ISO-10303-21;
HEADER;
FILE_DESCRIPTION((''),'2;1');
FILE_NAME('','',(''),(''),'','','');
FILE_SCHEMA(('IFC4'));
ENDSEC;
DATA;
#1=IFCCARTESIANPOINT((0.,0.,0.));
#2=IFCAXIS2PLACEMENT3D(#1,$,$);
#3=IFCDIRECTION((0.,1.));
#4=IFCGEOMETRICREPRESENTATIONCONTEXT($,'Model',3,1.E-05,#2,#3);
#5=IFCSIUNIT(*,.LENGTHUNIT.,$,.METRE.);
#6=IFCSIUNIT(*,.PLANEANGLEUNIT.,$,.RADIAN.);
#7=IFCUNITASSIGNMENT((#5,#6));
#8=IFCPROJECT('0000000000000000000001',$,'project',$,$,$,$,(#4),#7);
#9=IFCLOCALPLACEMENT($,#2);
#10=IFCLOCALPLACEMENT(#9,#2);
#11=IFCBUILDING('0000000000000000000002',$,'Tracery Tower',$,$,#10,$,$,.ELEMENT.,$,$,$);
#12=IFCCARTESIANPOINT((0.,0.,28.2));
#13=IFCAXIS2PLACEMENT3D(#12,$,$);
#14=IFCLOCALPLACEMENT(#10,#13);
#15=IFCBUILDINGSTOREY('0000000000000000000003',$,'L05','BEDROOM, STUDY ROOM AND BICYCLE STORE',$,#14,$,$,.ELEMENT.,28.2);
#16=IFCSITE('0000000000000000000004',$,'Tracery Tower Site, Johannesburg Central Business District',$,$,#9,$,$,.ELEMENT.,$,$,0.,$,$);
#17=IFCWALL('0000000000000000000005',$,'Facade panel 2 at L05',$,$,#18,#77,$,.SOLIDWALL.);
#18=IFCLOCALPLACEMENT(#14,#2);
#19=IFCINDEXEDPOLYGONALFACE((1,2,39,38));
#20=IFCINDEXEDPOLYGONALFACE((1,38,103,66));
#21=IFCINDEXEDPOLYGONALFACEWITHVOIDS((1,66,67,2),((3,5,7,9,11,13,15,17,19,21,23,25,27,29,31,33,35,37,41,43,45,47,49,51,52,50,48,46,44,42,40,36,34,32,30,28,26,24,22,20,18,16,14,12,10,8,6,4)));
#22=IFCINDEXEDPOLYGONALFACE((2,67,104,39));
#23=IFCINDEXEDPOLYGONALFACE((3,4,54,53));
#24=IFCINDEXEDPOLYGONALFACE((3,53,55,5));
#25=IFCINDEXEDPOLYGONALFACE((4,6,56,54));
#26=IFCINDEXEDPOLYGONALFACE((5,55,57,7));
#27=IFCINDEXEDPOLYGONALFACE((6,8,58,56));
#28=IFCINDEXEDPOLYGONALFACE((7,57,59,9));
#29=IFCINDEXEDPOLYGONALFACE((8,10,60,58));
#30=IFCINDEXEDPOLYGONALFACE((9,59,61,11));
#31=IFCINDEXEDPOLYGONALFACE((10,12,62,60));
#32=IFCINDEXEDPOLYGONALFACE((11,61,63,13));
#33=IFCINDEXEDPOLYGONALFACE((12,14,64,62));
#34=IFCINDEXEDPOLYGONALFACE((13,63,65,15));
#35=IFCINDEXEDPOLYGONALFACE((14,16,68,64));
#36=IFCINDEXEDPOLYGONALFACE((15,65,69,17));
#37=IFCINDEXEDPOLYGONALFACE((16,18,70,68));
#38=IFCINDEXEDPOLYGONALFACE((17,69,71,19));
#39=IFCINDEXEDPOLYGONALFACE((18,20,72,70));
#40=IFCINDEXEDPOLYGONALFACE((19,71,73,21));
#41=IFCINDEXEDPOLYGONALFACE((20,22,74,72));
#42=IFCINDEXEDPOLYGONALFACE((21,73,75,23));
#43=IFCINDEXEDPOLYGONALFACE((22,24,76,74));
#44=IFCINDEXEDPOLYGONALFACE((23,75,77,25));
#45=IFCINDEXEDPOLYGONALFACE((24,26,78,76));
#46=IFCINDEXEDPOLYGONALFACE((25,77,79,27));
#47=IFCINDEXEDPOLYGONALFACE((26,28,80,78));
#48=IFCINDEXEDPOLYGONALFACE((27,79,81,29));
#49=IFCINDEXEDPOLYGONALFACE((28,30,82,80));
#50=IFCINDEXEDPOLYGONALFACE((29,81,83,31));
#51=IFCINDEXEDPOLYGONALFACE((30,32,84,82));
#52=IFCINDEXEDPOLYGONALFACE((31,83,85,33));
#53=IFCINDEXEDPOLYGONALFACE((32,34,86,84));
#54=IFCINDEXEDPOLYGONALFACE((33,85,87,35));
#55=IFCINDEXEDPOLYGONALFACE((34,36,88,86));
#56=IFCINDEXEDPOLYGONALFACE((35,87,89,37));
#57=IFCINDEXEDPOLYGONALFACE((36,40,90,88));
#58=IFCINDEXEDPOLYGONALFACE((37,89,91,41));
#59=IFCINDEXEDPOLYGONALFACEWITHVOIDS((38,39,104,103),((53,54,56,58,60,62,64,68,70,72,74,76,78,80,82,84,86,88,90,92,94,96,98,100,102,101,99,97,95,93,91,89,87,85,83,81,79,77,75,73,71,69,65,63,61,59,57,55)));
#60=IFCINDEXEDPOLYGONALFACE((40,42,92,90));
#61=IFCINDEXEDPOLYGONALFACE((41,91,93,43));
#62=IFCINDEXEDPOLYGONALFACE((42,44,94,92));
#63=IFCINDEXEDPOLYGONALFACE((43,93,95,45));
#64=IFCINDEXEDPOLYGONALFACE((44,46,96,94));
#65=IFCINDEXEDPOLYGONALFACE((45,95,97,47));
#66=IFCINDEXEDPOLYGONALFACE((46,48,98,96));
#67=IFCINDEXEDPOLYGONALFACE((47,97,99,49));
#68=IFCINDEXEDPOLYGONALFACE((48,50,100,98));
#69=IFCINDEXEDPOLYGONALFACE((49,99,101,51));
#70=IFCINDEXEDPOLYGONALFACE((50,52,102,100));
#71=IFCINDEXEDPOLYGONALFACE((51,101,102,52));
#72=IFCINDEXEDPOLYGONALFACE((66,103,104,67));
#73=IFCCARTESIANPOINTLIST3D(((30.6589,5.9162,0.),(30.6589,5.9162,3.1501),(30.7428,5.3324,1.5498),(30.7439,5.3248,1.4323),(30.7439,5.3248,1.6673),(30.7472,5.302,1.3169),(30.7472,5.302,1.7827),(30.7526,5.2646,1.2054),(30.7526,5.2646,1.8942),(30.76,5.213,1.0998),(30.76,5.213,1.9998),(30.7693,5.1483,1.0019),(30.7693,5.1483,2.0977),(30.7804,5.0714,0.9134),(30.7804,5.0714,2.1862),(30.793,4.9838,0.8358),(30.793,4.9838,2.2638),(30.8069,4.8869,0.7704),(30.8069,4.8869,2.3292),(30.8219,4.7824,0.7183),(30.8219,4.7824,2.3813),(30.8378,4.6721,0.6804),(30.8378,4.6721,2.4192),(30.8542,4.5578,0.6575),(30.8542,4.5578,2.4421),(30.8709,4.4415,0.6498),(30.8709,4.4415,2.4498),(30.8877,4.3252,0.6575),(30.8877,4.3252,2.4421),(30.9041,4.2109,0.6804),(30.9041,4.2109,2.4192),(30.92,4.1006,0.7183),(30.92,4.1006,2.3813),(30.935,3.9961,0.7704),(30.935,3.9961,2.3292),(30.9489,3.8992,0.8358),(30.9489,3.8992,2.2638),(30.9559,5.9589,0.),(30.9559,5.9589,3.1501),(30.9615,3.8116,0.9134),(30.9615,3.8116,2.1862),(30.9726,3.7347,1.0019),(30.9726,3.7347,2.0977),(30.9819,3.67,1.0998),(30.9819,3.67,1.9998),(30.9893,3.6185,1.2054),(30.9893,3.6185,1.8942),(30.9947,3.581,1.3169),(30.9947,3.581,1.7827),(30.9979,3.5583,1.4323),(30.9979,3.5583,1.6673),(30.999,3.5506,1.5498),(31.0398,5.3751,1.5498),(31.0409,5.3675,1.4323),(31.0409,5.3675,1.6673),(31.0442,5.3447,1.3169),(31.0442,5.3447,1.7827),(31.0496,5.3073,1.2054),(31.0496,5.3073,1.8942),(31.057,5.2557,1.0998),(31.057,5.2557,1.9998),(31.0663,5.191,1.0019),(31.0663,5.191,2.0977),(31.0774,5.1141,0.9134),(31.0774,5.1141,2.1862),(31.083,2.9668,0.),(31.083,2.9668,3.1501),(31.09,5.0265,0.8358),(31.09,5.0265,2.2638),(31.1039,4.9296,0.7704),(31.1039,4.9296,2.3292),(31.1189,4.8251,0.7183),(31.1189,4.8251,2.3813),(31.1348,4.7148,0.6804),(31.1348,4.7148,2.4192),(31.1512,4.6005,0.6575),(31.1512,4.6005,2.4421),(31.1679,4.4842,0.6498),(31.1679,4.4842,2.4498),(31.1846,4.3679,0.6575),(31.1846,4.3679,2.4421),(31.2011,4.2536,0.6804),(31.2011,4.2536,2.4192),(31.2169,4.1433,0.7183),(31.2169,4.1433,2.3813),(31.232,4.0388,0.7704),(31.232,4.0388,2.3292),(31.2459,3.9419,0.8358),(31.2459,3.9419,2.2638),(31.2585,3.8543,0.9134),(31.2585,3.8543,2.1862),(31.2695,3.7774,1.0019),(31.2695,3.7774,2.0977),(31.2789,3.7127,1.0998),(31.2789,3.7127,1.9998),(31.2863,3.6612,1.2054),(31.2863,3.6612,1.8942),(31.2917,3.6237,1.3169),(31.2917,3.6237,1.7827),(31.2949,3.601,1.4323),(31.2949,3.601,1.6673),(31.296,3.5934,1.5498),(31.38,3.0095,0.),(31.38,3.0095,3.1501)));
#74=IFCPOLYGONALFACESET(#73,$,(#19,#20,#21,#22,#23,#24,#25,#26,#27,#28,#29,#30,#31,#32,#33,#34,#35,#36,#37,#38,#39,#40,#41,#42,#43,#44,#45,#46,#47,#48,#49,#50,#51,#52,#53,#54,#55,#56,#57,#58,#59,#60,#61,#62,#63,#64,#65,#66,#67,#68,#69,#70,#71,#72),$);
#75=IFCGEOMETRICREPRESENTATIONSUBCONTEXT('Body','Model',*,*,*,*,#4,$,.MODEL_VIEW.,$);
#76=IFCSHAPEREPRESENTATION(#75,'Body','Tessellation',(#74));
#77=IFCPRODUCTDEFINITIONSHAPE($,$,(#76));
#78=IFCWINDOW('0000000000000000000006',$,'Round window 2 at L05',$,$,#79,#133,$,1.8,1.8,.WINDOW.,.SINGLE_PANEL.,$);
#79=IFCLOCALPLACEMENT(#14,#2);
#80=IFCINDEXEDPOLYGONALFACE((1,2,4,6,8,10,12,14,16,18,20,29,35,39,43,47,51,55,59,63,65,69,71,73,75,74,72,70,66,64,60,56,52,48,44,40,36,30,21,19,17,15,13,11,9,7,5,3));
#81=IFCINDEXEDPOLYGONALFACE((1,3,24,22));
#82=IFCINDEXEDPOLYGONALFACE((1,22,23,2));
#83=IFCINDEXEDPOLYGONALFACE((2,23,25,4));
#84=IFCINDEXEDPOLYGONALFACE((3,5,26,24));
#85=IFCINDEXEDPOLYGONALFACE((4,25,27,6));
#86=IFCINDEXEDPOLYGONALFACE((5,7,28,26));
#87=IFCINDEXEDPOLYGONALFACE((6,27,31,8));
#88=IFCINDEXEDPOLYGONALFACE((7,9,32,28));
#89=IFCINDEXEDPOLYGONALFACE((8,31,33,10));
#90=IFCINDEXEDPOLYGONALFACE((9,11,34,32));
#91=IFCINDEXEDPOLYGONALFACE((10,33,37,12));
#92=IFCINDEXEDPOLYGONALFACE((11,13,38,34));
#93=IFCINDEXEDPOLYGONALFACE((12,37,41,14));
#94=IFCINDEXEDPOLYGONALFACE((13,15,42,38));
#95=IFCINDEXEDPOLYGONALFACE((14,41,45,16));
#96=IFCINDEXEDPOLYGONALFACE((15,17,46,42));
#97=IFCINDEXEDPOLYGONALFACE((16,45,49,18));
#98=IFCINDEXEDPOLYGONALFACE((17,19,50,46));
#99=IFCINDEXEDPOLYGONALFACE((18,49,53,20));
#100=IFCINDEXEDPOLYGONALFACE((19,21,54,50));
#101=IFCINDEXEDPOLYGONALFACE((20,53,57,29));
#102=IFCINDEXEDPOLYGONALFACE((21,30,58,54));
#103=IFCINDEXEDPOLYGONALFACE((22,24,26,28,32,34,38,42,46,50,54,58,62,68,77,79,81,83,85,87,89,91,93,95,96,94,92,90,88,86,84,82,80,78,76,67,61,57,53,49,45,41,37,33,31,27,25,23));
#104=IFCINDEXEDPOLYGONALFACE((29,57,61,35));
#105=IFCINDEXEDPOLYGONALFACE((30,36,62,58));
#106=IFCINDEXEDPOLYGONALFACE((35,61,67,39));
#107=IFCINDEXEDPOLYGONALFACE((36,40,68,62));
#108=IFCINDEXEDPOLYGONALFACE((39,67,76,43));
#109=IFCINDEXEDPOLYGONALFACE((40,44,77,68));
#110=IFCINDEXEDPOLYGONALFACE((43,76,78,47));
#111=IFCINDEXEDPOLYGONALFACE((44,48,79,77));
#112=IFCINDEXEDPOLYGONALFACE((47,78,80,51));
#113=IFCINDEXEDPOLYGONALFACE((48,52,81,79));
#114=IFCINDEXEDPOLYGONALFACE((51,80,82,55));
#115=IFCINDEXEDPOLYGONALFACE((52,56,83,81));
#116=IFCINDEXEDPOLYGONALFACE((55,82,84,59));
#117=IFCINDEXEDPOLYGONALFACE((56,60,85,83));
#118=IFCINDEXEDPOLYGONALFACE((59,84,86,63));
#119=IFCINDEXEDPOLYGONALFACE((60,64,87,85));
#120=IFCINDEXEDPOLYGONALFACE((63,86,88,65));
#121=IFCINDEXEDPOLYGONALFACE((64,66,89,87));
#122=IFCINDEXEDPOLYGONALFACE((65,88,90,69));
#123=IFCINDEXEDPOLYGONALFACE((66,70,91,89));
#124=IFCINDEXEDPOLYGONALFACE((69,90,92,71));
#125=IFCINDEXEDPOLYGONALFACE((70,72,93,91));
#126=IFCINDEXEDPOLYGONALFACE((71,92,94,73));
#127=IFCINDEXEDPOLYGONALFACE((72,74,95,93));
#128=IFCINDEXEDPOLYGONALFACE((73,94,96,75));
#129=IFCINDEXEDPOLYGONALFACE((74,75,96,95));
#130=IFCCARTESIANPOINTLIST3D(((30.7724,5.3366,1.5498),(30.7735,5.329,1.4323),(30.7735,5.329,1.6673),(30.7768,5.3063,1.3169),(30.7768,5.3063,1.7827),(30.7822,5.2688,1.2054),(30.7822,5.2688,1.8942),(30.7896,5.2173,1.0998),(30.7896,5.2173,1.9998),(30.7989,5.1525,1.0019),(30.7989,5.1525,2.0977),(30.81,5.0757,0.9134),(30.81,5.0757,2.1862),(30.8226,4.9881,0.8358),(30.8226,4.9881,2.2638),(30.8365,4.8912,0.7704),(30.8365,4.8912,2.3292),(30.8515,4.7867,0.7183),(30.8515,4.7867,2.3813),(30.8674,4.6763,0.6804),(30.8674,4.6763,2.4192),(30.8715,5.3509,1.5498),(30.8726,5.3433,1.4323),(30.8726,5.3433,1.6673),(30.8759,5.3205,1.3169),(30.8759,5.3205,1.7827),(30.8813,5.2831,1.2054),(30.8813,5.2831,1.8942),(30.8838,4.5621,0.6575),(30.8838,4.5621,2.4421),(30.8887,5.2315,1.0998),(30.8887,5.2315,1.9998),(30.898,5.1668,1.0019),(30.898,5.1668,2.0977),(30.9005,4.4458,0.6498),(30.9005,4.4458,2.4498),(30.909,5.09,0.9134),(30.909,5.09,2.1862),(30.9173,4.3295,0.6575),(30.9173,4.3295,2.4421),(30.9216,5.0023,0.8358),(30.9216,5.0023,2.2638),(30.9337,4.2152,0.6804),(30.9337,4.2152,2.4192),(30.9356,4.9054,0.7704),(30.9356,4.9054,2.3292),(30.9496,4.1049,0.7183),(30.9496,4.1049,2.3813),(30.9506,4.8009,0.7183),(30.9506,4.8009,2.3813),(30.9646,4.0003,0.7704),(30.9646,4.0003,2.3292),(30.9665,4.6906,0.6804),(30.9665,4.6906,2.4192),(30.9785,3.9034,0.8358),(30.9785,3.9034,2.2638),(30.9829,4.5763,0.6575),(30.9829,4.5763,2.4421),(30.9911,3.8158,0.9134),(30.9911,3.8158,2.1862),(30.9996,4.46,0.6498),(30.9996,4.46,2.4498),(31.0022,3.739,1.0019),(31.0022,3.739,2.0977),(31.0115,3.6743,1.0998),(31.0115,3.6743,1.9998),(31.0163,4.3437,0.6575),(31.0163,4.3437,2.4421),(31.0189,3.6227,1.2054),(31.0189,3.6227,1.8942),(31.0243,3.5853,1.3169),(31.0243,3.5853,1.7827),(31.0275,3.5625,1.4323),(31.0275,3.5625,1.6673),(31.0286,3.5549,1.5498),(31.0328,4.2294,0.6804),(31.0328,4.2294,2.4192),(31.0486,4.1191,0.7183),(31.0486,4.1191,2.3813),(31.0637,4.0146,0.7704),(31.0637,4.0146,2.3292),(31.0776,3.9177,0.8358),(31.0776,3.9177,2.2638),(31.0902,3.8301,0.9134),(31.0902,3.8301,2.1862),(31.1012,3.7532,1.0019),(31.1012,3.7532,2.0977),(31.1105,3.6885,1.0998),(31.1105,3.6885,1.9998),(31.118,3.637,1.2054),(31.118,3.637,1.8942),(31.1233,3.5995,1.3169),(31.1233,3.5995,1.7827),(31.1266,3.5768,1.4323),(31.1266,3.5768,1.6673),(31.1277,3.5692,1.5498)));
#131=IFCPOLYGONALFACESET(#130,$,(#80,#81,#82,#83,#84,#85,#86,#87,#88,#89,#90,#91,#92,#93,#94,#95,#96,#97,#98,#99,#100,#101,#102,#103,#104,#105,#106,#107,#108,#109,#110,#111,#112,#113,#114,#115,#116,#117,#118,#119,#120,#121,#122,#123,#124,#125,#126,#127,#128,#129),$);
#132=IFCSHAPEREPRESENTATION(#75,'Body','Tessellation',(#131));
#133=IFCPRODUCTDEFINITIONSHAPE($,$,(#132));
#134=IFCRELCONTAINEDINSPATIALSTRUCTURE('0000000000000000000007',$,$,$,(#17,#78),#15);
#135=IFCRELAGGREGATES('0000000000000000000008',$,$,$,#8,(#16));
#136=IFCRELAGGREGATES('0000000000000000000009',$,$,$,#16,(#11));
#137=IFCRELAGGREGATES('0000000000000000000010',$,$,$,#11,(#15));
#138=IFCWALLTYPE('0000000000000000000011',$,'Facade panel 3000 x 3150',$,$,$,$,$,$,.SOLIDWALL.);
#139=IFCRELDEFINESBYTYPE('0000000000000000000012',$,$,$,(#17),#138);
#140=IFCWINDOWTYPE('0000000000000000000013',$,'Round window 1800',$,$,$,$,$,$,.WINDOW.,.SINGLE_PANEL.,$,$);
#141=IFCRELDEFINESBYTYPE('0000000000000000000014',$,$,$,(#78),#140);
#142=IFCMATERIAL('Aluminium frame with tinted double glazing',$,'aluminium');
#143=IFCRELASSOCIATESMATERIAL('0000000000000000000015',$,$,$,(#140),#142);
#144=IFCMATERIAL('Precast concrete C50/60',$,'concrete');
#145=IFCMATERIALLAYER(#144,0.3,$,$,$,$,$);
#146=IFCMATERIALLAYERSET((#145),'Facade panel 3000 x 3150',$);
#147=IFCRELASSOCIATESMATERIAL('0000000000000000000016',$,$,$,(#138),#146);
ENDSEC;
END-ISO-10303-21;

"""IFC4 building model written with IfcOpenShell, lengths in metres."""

from ifc_helpers import new_model, si_unit, direction, frame, frame_2d, origin, origin_2d, place, context, subcontext, project, spatial, rectangle, circle, extrude, material, layer, layer_set, type_object, element, fill, save


model = new_model("IFC4")

# Units and contexts
model_context = context("Model", 3, precision=1e-05, world=origin(), true_north=direction((0.0, 1.0)))
body_context = subcontext(model_context, "Body", "Model", "MODEL_VIEW")
ifc_project = project(units=[si_unit("LENGTHUNIT", "METRE"), si_unit("PLANEANGLEUNIT", "RADIAN")], contexts=[model_context])

# Site, building, storey
site_placement = place(None, origin())
site = spatial("IfcSite", under=ifc_project, at=site_placement, Name="Tracery Tower Site, Johannesburg Central Business District", CompositionType="ELEMENT", RefElevation=0.0)
building_placement = place(site_placement, origin())
building = spatial("IfcBuilding", under=site, at=building_placement, Name="Tracery Tower", CompositionType="ELEMENT")
storey_placement = place(building_placement, frame((0.0, 0.0, 28.2)))
storey = spatial("IfcBuildingStorey", under=building, at=storey_placement, Name="L05", Description="BEDROOM, STUDY ROOM AND BICYCLE STORE", CompositionType="ELEMENT", Elevation=28.2)

# Wall, opening, window
ifc_material_1 = material(Name="Aluminium frame with tinted double glazing", Category="aluminium")
window_type = type_object("IfcWindowType", Name="Round window 1800", PartitioningType="SINGLE_PANEL", PredefinedType="WINDOW", material=ifc_material_1)
ifc_material_2 = material(Name="Precast concrete C50/60", Category="concrete")
ifc_layer_1 = layer(ifc_material_2, 0.3)
ifc_layer_set_1 = layer_set([ifc_layer_1], Name="Facade panel 3000 x 3150")
wall_type_1 = type_object("IfcWallType", Name="Facade panel 3000 x 3150", PredefinedType="SOLIDWALL", material=ifc_layer_set_1)
wall_1_placement = place(storey_placement, frame((31.2314, 2.9883, 0.0), z_axis=(0.0, 0.0, 1.0), x_axis=(-0.142316, 0.989821, 0.0)))
wall_1 = element("IfcWall", 1, at=wall_1_placement, inside=storey, type_object=wall_type_1, Name="Facade panel 2 at L05", PredefinedType="SOLIDWALL", context=body_context, shape_type="SweptSolid", body=[
    extrude(rectangle(XDim=2.9797, YDim=0.3, at=frame_2d((1.4897, 0.0))), origin(), (0.0, 0.0, 1.0), 3.1501),
])
opening_1_placement = place(wall_1_placement, frame((1.4897, 0.0, 1.5498)))
opening_1 = element("IfcOpeningElement", 2, at=opening_1_placement, cuts=wall_1, PredefinedType="OPENING", context=body_context, shape_type="SweptSolid", body=[
    extrude(circle(Radius=0.9, at=origin_2d()), frame((0.0, 0.1599, 0.0), z_axis=(0.0, -1.0, 0.0), x_axis=(1.0, 0.0, 0.0)), (0.0, 0.0, 1.0), 0.3201),
])
window_1_placement = place(opening_1_placement, origin())
window_1 = element("IfcWindow", 3, at=window_1_placement, inside=storey, type_object=window_type, Name="Round window 2 at L05", OverallHeight=1.8, OverallWidth=1.8, PartitioningType="SINGLE_PANEL", PredefinedType="WINDOW", context=body_context, shape_type="SweptSolid", body=[
    extrude(circle(Radius=0.9, at=origin_2d()), frame((0.0, 0.1201, 0.0), z_axis=(0.0, -1.0, 0.0), x_axis=(1.0, 0.0, 0.0)), (0.0, 0.0, 1.0), 0.1001),
])
fill(opening_1, window_1)

save(model, "model.ifc")
